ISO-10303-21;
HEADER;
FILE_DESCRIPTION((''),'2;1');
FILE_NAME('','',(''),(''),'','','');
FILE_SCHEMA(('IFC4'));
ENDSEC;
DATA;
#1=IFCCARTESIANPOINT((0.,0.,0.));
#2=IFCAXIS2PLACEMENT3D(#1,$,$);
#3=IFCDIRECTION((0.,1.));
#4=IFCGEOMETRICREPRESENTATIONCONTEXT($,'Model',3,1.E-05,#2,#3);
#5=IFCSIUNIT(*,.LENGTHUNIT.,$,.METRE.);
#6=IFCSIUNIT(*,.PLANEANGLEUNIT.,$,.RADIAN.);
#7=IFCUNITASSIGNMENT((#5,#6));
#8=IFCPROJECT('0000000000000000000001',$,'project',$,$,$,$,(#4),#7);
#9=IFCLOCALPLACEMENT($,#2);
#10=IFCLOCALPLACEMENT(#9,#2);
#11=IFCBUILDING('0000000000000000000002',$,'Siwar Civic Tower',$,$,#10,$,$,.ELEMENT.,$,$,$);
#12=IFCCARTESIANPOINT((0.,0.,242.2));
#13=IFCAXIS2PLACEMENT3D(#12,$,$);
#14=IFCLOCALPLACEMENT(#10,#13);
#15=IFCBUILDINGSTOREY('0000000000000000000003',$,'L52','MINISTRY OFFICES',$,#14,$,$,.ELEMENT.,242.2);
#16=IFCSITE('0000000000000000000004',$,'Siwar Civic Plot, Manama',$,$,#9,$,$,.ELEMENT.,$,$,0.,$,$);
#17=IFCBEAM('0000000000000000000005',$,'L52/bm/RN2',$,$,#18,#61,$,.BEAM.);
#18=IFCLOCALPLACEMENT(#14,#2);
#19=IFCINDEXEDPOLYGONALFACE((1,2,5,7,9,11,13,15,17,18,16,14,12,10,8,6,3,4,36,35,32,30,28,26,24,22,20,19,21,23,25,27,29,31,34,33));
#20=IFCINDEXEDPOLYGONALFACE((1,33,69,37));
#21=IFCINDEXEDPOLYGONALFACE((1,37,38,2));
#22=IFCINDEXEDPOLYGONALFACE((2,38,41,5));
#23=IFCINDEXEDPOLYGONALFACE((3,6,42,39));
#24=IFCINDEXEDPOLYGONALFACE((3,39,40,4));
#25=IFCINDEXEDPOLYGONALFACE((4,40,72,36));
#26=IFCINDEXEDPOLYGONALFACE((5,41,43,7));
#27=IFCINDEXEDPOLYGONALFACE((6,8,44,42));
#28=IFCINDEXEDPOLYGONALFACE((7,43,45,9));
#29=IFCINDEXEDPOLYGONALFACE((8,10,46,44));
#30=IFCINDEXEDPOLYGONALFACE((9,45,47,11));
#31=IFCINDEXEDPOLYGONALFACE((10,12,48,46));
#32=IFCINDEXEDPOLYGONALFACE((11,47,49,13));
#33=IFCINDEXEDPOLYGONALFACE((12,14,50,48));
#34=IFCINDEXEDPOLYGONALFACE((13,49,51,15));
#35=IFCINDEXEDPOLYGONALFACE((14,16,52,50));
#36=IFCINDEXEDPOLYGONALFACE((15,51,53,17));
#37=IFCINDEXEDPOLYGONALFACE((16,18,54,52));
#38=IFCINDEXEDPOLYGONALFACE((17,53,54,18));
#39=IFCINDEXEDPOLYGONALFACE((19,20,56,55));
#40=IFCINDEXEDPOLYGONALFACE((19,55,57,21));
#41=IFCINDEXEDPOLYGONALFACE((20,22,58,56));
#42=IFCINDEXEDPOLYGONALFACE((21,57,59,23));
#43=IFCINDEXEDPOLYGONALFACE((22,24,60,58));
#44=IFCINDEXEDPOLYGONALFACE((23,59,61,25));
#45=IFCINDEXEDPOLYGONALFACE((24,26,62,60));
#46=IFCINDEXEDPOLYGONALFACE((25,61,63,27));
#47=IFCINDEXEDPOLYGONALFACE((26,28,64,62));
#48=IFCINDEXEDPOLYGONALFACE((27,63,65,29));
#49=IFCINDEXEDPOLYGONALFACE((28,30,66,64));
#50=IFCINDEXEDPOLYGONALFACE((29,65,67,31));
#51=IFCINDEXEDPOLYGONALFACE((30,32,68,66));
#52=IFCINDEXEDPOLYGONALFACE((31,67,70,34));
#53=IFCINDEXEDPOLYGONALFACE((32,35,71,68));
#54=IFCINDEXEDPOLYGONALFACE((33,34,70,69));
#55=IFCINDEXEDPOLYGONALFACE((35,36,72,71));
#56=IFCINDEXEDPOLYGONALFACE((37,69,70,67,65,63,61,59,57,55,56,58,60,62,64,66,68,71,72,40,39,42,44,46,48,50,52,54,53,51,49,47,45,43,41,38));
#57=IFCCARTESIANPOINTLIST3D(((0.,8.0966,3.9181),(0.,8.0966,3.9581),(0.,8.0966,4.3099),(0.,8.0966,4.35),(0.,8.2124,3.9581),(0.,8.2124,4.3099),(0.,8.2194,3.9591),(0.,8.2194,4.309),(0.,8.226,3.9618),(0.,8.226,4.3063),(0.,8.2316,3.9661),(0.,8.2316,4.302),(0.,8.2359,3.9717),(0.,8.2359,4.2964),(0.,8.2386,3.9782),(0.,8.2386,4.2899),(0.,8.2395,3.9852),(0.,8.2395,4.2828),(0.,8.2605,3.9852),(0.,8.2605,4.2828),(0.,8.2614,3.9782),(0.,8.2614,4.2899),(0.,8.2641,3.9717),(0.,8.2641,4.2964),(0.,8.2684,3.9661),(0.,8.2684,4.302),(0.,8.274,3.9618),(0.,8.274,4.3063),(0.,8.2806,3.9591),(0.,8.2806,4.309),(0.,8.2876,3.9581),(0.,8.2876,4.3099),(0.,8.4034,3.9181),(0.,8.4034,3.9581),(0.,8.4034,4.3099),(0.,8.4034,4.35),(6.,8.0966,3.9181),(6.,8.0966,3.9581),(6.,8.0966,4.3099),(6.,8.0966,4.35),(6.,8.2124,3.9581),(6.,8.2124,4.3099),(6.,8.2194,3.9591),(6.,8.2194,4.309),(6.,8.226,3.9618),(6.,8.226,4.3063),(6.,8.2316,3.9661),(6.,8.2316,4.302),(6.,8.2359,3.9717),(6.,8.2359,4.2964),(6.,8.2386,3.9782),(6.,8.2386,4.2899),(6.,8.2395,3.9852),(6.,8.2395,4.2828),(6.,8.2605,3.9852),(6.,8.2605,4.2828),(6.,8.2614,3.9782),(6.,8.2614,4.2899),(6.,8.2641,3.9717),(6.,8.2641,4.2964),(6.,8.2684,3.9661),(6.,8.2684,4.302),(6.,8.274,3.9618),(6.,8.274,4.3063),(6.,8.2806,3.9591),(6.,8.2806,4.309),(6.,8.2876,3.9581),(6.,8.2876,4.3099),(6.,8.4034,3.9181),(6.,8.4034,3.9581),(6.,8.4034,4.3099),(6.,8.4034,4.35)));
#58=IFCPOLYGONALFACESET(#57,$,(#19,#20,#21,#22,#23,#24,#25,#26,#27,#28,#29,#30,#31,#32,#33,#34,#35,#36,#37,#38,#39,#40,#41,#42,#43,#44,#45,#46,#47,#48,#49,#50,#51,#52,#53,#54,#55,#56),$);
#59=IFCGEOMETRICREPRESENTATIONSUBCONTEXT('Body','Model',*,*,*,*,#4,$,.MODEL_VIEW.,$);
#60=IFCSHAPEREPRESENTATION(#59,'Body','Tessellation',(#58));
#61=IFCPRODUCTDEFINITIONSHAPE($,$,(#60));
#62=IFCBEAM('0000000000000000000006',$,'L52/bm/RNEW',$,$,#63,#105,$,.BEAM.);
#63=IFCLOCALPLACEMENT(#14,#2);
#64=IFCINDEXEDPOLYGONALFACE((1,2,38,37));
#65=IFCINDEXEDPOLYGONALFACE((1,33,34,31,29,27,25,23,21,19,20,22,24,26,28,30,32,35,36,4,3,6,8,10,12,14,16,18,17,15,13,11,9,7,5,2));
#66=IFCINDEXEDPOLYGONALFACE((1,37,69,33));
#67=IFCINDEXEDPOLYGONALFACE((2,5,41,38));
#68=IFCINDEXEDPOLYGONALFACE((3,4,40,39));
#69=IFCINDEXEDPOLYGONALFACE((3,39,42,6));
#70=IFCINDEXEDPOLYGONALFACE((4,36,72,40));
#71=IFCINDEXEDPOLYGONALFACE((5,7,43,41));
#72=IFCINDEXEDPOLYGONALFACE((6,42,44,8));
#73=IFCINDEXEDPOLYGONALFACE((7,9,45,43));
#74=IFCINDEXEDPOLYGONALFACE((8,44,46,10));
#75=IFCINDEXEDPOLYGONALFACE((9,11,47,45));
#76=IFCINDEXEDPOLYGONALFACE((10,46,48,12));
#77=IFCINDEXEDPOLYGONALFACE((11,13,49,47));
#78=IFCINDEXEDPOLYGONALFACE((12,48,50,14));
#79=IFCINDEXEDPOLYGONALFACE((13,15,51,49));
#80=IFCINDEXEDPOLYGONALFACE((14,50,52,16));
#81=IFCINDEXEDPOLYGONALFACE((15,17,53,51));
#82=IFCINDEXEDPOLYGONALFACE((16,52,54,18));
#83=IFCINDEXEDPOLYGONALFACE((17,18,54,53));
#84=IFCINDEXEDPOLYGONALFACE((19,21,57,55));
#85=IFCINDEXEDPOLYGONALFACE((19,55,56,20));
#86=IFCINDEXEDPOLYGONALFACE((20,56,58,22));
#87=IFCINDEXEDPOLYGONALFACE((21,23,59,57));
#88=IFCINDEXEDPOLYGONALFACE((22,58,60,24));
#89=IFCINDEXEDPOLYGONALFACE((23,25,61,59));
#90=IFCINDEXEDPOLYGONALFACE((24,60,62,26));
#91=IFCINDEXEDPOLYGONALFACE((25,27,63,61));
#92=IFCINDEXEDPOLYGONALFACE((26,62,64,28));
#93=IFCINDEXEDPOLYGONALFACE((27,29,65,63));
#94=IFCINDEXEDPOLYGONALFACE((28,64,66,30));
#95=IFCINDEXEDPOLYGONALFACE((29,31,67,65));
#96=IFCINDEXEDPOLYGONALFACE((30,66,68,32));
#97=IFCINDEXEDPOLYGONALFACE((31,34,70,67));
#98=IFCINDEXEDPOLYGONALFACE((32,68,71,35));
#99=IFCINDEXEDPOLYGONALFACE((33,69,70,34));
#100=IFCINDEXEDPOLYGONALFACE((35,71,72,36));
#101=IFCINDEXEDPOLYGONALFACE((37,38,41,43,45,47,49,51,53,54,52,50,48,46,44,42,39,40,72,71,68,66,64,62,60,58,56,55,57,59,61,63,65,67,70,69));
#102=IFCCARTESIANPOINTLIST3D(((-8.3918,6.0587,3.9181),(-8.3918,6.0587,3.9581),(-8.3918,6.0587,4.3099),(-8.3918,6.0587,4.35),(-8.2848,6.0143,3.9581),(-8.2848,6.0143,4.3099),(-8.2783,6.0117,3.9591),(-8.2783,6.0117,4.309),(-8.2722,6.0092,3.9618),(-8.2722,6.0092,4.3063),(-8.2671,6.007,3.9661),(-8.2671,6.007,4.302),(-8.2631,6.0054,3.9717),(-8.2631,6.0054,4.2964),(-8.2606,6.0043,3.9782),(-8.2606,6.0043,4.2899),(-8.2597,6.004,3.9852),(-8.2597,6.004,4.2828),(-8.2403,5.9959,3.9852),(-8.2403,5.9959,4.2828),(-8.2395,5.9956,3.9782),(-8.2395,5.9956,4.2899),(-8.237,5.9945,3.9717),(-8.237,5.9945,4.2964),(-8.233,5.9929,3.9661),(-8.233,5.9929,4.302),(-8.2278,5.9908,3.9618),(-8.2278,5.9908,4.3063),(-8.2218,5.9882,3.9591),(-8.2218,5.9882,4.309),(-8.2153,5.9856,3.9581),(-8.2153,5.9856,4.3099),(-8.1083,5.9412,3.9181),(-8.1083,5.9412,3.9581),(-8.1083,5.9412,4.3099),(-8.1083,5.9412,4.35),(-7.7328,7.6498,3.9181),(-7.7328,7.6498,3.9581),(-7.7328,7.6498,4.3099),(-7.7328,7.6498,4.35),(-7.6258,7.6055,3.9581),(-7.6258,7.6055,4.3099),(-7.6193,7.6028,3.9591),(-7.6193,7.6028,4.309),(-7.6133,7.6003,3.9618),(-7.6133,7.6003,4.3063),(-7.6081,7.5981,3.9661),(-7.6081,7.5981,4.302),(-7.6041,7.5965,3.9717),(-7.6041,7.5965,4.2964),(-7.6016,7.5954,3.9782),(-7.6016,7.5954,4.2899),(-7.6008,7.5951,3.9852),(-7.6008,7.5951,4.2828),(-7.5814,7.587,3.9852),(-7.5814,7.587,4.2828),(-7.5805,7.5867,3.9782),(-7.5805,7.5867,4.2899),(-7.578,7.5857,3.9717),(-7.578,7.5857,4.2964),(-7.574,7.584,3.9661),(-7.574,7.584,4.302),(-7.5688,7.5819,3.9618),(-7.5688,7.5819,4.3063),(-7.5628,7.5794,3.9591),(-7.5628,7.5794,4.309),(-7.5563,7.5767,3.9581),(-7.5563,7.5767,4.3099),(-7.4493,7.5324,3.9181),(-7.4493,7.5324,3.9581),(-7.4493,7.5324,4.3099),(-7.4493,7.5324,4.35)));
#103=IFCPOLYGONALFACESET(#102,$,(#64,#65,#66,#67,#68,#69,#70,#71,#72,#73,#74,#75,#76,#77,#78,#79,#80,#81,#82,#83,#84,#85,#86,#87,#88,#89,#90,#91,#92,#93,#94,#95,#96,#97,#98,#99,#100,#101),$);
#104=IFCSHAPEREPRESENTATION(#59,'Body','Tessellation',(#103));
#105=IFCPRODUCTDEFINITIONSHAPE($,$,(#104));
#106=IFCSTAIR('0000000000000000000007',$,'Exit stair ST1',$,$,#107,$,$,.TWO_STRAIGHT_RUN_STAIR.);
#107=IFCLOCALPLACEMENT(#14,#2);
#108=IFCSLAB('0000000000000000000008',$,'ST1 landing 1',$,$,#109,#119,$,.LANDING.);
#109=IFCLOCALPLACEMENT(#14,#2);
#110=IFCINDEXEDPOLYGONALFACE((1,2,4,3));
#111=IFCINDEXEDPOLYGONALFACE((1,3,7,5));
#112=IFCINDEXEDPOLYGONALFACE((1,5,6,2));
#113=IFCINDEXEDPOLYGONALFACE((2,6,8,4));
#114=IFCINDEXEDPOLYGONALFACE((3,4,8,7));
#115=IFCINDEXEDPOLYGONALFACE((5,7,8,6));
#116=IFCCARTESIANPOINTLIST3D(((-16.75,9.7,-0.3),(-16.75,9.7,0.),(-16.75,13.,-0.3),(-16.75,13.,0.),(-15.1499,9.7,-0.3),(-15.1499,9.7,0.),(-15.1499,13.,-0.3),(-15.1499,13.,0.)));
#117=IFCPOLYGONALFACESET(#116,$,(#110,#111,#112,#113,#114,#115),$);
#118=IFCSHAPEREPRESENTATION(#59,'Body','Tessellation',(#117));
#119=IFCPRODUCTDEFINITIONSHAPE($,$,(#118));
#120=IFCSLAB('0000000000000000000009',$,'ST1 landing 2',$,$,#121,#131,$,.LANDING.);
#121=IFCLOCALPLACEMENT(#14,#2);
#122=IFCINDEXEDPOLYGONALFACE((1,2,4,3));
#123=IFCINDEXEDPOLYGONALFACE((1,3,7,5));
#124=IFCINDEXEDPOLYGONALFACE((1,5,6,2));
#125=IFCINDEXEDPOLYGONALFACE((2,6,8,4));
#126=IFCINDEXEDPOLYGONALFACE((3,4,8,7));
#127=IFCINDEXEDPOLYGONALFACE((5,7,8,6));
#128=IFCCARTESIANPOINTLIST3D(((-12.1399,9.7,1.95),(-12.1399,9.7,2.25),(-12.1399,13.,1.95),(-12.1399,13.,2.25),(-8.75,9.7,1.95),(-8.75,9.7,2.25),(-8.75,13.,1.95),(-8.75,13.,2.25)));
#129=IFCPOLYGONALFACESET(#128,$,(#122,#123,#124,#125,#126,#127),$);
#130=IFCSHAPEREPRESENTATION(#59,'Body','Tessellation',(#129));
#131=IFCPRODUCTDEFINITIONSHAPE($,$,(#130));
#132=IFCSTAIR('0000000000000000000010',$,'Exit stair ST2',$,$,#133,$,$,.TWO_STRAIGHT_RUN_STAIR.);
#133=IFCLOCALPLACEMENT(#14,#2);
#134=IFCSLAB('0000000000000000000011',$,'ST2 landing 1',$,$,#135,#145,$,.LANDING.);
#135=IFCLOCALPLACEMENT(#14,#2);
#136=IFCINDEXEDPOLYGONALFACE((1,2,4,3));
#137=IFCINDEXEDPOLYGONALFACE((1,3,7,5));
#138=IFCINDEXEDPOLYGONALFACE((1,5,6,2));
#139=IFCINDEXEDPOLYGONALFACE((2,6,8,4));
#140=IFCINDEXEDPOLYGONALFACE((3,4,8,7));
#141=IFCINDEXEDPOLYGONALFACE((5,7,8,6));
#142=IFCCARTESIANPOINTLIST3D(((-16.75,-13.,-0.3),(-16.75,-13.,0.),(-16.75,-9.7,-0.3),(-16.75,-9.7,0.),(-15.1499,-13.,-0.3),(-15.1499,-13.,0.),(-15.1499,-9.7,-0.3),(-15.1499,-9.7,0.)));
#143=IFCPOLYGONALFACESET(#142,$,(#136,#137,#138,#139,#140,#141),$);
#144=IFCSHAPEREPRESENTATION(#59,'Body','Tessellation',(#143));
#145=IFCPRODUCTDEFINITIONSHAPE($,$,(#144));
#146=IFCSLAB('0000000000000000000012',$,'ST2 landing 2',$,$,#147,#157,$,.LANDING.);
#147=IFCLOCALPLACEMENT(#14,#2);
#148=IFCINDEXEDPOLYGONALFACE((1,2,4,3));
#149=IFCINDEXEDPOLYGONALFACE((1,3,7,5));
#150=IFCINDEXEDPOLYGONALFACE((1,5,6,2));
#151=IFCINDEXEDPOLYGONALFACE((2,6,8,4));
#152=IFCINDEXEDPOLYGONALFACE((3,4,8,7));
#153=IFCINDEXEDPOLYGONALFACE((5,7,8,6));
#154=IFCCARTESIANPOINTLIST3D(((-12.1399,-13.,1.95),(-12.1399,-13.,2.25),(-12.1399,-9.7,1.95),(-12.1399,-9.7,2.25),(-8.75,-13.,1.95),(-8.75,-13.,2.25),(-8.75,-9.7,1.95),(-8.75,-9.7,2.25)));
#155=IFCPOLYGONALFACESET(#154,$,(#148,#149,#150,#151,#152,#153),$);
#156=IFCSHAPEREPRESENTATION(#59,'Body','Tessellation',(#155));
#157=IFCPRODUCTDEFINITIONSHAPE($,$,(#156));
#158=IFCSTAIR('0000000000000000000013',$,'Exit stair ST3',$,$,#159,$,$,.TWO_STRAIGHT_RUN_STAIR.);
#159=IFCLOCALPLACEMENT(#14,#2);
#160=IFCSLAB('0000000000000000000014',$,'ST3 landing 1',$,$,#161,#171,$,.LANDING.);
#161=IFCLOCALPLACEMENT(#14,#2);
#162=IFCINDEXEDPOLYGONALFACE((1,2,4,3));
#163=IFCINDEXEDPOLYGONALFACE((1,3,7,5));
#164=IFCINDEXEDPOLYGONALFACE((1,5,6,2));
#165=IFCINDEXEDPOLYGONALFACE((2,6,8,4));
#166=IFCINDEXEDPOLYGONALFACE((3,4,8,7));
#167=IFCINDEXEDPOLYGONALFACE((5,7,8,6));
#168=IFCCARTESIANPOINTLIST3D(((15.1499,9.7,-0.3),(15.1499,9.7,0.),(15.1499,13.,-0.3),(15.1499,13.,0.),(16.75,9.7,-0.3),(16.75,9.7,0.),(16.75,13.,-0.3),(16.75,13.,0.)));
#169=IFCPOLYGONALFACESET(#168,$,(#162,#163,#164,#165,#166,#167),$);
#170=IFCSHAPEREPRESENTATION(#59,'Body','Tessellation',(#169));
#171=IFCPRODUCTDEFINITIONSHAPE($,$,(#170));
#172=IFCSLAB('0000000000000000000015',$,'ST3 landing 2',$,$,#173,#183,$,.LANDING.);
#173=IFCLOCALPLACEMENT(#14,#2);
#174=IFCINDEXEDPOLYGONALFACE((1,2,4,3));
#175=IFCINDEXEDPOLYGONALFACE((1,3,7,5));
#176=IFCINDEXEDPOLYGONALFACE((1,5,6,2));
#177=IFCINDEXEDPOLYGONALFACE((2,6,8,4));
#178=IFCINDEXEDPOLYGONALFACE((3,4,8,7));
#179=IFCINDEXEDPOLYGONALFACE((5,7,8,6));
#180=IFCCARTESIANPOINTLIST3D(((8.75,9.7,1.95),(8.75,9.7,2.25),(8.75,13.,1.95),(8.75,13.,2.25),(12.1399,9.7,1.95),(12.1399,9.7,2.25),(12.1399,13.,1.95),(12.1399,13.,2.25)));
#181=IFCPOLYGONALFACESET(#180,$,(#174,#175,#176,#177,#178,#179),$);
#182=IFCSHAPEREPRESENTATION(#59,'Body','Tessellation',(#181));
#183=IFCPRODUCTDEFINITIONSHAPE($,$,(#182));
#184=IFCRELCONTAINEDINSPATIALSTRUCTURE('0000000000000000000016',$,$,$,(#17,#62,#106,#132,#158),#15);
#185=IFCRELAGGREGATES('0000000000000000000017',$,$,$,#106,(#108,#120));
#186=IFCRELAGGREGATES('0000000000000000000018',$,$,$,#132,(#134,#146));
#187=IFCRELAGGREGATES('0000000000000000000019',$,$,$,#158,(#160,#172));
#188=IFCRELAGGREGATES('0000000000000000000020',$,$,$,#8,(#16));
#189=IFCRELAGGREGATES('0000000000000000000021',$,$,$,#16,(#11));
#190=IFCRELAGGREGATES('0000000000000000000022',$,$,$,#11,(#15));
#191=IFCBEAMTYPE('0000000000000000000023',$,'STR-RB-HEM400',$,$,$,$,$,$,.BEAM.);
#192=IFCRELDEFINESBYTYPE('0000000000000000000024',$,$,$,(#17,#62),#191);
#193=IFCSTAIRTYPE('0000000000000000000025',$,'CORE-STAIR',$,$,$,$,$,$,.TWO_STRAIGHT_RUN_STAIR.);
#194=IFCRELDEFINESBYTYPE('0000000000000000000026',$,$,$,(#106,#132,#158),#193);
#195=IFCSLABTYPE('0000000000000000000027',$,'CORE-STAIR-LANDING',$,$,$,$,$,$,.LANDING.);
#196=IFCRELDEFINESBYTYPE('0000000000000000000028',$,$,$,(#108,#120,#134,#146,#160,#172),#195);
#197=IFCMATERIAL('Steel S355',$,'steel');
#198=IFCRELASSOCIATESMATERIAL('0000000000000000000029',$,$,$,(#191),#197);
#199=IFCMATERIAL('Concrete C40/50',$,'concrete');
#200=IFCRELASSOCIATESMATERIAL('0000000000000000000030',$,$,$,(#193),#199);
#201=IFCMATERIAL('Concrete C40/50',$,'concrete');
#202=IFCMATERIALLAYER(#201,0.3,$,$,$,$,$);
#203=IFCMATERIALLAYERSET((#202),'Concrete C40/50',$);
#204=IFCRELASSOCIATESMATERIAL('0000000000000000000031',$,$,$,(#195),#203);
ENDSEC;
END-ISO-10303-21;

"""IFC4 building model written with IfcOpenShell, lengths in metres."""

from ifc_helpers import new_model, si_unit, direction, frame, origin, origin_2d, place, context, subcontext, project, spatial, polyline, i_section, outline, extrude, material, layer, layer_set, material_profile, profile_set, type_object, element, aggregate, save


model = new_model("IFC4")

# Units and contexts
model_context = context("Model", 3, precision=1e-05, world=origin(), true_north=direction((0.0, 1.0)))
body_context = subcontext(model_context, "Body", "Model", "MODEL_VIEW")
ifc_project = project(units=[si_unit("LENGTHUNIT", "METRE"), si_unit("PLANEANGLEUNIT", "RADIAN")], contexts=[model_context])

# Site, building, storey
site_placement = place(None, origin())
site = spatial("IfcSite", under=ifc_project, at=site_placement, Name="Siwar Civic Plot, Manama", CompositionType="ELEMENT", RefElevation=0.0)
building_placement = place(site_placement, origin())
building = spatial("IfcBuilding", under=site, at=building_placement, Name="Siwar Civic Tower", CompositionType="ELEMENT")
storey_placement = place(building_placement, frame((0.0, 0.0, 242.2)))
storey = spatial("IfcBuildingStorey", under=building, at=storey_placement, Name="L52", Description="MINISTRY OFFICES", CompositionType="ELEMENT", Elevation=242.2)

# Beams
ifc_material_1 = material(Name="Steel S355", Category="steel")
ifc_material_profile_1 = material_profile(ifc_material_1, i_section(OverallWidth=0.3069, OverallDepth=0.4319, WebThickness=0.021, FlangeThickness=0.04, FilletRadius=0.0271, at=origin_2d()), Name="HEM400")
ifc_profile_set_1 = profile_set([ifc_material_profile_1], Name="Steel S355")
beam_type_1 = type_object("IfcBeamType", Name="STR-RB-HEM400", PredefinedType="BEAM", material=ifc_profile_set_1)
for number, where, z_axis, x_axis, name in (
    (1, (0.0, 8.25, 4.134), (1.0, 0.0, 0.0), (0.0, 1.0, 0.0), "L52/bm/RN2"),
):
    element("IfcBeam", number, at=place(storey_placement, frame(where, z_axis=z_axis, x_axis=x_axis)), inside=storey, type_object=beam_type_1, Name=name, PredefinedType="BEAM", context=body_context, shape_type="SweptSolid", body=[
        extrude(i_section(OverallWidth=0.3069, OverallDepth=0.4319, WebThickness=0.021, FlangeThickness=0.04, FilletRadius=0.0271, at=origin_2d()), origin(), (0.0, 0.0, 1.0), 6.0),
    ])
beam_1_placement = place(storey_placement, frame((-7.5911, 7.5911, 4.134), z_axis=(-0.382631, -0.923901, 0.0), x_axis=(0.923901, -0.382631, 0.0)))
element("IfcBeam", 2, at=beam_1_placement, inside=storey, type_object=beam_type_1, Name="L52/bm/RNEW", PredefinedType="BEAM", context=body_context, shape_type="SweptSolid", body=[
    extrude(i_section(OverallWidth=0.3069, OverallDepth=0.4319, WebThickness=0.021, FlangeThickness=0.04, FilletRadius=0.0271, at=origin_2d()), origin(), (0.0, 0.0, 1.0), 1.7222),
])

# Stairs, slabs
ifc_material_2 = material(Name="Concrete C40/50", Category="concrete")
stair_type = type_object("IfcStairType", Name="CORE-STAIR", PredefinedType="TWO_STRAIGHT_RUN_STAIR", material=ifc_material_2)
stair_1_placement = place(storey_placement, origin())
stair_1 = element("IfcStair", 3, at=stair_1_placement, inside=storey, type_object=stair_type, Name="Exit stair ST1", PredefinedType="TWO_STRAIGHT_RUN_STAIR")
ifc_material_3 = material(Name="Concrete C40/50", Category="concrete")
ifc_layer_1 = layer(ifc_material_3, 0.3)
ifc_layer_set_1 = layer_set([ifc_layer_1], Name="Concrete C40/50")
slab_type_1 = type_object("IfcSlabType", Name="CORE-STAIR-LANDING", PredefinedType="LANDING", material=ifc_layer_set_1)
slab_1_placement = place(storey_placement, frame((0.0, 0.0, -0.3)))
slab_1 = element("IfcSlab", 4, at=slab_1_placement, type_object=slab_type_1, Name="ST1 landing 1", PredefinedType="LANDING", context=body_context, shape_type="SweptSolid", body=[
    extrude(outline(polyline([(-15.1499, 13.0), (-16.75, 13.0), (-16.75, 9.7), (-15.1499, 9.7), (-15.1499, 13.0)])), origin(), (0.0, 0.0, 1.0), 0.3),
])
slab_2_placement = place(storey_placement, frame((0.0, 0.0, 1.95)))
slab_2 = element("IfcSlab", 5, at=slab_2_placement, type_object=slab_type_1, Name="ST1 landing 2", PredefinedType="LANDING", context=body_context, shape_type="SweptSolid", body=[
    extrude(outline(polyline([(-8.75, 13.0), (-12.1399, 13.0), (-12.1399, 9.7), (-8.75, 9.7), (-8.75, 13.0)])), origin(), (0.0, 0.0, 1.0), 0.3),
])
aggregate(stair_1, [slab_1, slab_2])
stair_2_placement = place(storey_placement, origin())
stair_2 = element("IfcStair", 6, at=stair_2_placement, inside=storey, type_object=stair_type, Name="Exit stair ST2", PredefinedType="TWO_STRAIGHT_RUN_STAIR")
slab_3_placement = place(storey_placement, frame((0.0, 0.0, -0.3)))
slab_3 = element("IfcSlab", 7, at=slab_3_placement, type_object=slab_type_1, Name="ST2 landing 1", PredefinedType="LANDING", context=body_context, shape_type="SweptSolid", body=[
    extrude(outline(polyline([(-15.1499, -9.7), (-16.75, -9.7), (-16.75, -13.0), (-15.1499, -13.0), (-15.1499, -9.7)])), origin(), (0.0, 0.0, 1.0), 0.3),
])
slab_4_placement = place(storey_placement, frame((0.0, 0.0, 1.95)))
slab_4 = element("IfcSlab", 8, at=slab_4_placement, type_object=slab_type_1, Name="ST2 landing 2", PredefinedType="LANDING", context=body_context, shape_type="SweptSolid", body=[
    extrude(outline(polyline([(-8.75, -9.7), (-12.1399, -9.7), (-12.1399, -13.0), (-8.75, -13.0), (-8.75, -9.7)])), origin(), (0.0, 0.0, 1.0), 0.3),
])
aggregate(stair_2, [slab_3, slab_4])
stair_3_placement = place(storey_placement, origin())
stair_3 = element("IfcStair", 9, at=stair_3_placement, inside=storey, type_object=stair_type, Name="Exit stair ST3", PredefinedType="TWO_STRAIGHT_RUN_STAIR")
slab_5_placement = place(storey_placement, frame((0.0, 0.0, -0.3)))
slab_5 = element("IfcSlab", 10, at=slab_5_placement, type_object=slab_type_1, Name="ST3 landing 1", PredefinedType="LANDING", context=body_context, shape_type="SweptSolid", body=[
    extrude(outline(polyline([(15.1499, 9.7), (16.75, 9.7), (16.75, 13.0), (15.1499, 13.0), (15.1499, 9.7)])), origin(), (0.0, 0.0, 1.0), 0.3),
])
slab_6_placement = place(storey_placement, frame((0.0, 0.0, 1.95)))
slab_6 = element("IfcSlab", 11, at=slab_6_placement, type_object=slab_type_1, Name="ST3 landing 2", PredefinedType="LANDING", context=body_context, shape_type="SweptSolid", body=[
    extrude(outline(polyline([(8.75, 9.7), (12.1399, 9.7), (12.1399, 13.0), (8.75, 13.0), (8.75, 9.7)])), origin(), (0.0, 0.0, 1.0), 0.3),
])
aggregate(stair_3, [slab_5, slab_6])

save(model, "model.ifc")
